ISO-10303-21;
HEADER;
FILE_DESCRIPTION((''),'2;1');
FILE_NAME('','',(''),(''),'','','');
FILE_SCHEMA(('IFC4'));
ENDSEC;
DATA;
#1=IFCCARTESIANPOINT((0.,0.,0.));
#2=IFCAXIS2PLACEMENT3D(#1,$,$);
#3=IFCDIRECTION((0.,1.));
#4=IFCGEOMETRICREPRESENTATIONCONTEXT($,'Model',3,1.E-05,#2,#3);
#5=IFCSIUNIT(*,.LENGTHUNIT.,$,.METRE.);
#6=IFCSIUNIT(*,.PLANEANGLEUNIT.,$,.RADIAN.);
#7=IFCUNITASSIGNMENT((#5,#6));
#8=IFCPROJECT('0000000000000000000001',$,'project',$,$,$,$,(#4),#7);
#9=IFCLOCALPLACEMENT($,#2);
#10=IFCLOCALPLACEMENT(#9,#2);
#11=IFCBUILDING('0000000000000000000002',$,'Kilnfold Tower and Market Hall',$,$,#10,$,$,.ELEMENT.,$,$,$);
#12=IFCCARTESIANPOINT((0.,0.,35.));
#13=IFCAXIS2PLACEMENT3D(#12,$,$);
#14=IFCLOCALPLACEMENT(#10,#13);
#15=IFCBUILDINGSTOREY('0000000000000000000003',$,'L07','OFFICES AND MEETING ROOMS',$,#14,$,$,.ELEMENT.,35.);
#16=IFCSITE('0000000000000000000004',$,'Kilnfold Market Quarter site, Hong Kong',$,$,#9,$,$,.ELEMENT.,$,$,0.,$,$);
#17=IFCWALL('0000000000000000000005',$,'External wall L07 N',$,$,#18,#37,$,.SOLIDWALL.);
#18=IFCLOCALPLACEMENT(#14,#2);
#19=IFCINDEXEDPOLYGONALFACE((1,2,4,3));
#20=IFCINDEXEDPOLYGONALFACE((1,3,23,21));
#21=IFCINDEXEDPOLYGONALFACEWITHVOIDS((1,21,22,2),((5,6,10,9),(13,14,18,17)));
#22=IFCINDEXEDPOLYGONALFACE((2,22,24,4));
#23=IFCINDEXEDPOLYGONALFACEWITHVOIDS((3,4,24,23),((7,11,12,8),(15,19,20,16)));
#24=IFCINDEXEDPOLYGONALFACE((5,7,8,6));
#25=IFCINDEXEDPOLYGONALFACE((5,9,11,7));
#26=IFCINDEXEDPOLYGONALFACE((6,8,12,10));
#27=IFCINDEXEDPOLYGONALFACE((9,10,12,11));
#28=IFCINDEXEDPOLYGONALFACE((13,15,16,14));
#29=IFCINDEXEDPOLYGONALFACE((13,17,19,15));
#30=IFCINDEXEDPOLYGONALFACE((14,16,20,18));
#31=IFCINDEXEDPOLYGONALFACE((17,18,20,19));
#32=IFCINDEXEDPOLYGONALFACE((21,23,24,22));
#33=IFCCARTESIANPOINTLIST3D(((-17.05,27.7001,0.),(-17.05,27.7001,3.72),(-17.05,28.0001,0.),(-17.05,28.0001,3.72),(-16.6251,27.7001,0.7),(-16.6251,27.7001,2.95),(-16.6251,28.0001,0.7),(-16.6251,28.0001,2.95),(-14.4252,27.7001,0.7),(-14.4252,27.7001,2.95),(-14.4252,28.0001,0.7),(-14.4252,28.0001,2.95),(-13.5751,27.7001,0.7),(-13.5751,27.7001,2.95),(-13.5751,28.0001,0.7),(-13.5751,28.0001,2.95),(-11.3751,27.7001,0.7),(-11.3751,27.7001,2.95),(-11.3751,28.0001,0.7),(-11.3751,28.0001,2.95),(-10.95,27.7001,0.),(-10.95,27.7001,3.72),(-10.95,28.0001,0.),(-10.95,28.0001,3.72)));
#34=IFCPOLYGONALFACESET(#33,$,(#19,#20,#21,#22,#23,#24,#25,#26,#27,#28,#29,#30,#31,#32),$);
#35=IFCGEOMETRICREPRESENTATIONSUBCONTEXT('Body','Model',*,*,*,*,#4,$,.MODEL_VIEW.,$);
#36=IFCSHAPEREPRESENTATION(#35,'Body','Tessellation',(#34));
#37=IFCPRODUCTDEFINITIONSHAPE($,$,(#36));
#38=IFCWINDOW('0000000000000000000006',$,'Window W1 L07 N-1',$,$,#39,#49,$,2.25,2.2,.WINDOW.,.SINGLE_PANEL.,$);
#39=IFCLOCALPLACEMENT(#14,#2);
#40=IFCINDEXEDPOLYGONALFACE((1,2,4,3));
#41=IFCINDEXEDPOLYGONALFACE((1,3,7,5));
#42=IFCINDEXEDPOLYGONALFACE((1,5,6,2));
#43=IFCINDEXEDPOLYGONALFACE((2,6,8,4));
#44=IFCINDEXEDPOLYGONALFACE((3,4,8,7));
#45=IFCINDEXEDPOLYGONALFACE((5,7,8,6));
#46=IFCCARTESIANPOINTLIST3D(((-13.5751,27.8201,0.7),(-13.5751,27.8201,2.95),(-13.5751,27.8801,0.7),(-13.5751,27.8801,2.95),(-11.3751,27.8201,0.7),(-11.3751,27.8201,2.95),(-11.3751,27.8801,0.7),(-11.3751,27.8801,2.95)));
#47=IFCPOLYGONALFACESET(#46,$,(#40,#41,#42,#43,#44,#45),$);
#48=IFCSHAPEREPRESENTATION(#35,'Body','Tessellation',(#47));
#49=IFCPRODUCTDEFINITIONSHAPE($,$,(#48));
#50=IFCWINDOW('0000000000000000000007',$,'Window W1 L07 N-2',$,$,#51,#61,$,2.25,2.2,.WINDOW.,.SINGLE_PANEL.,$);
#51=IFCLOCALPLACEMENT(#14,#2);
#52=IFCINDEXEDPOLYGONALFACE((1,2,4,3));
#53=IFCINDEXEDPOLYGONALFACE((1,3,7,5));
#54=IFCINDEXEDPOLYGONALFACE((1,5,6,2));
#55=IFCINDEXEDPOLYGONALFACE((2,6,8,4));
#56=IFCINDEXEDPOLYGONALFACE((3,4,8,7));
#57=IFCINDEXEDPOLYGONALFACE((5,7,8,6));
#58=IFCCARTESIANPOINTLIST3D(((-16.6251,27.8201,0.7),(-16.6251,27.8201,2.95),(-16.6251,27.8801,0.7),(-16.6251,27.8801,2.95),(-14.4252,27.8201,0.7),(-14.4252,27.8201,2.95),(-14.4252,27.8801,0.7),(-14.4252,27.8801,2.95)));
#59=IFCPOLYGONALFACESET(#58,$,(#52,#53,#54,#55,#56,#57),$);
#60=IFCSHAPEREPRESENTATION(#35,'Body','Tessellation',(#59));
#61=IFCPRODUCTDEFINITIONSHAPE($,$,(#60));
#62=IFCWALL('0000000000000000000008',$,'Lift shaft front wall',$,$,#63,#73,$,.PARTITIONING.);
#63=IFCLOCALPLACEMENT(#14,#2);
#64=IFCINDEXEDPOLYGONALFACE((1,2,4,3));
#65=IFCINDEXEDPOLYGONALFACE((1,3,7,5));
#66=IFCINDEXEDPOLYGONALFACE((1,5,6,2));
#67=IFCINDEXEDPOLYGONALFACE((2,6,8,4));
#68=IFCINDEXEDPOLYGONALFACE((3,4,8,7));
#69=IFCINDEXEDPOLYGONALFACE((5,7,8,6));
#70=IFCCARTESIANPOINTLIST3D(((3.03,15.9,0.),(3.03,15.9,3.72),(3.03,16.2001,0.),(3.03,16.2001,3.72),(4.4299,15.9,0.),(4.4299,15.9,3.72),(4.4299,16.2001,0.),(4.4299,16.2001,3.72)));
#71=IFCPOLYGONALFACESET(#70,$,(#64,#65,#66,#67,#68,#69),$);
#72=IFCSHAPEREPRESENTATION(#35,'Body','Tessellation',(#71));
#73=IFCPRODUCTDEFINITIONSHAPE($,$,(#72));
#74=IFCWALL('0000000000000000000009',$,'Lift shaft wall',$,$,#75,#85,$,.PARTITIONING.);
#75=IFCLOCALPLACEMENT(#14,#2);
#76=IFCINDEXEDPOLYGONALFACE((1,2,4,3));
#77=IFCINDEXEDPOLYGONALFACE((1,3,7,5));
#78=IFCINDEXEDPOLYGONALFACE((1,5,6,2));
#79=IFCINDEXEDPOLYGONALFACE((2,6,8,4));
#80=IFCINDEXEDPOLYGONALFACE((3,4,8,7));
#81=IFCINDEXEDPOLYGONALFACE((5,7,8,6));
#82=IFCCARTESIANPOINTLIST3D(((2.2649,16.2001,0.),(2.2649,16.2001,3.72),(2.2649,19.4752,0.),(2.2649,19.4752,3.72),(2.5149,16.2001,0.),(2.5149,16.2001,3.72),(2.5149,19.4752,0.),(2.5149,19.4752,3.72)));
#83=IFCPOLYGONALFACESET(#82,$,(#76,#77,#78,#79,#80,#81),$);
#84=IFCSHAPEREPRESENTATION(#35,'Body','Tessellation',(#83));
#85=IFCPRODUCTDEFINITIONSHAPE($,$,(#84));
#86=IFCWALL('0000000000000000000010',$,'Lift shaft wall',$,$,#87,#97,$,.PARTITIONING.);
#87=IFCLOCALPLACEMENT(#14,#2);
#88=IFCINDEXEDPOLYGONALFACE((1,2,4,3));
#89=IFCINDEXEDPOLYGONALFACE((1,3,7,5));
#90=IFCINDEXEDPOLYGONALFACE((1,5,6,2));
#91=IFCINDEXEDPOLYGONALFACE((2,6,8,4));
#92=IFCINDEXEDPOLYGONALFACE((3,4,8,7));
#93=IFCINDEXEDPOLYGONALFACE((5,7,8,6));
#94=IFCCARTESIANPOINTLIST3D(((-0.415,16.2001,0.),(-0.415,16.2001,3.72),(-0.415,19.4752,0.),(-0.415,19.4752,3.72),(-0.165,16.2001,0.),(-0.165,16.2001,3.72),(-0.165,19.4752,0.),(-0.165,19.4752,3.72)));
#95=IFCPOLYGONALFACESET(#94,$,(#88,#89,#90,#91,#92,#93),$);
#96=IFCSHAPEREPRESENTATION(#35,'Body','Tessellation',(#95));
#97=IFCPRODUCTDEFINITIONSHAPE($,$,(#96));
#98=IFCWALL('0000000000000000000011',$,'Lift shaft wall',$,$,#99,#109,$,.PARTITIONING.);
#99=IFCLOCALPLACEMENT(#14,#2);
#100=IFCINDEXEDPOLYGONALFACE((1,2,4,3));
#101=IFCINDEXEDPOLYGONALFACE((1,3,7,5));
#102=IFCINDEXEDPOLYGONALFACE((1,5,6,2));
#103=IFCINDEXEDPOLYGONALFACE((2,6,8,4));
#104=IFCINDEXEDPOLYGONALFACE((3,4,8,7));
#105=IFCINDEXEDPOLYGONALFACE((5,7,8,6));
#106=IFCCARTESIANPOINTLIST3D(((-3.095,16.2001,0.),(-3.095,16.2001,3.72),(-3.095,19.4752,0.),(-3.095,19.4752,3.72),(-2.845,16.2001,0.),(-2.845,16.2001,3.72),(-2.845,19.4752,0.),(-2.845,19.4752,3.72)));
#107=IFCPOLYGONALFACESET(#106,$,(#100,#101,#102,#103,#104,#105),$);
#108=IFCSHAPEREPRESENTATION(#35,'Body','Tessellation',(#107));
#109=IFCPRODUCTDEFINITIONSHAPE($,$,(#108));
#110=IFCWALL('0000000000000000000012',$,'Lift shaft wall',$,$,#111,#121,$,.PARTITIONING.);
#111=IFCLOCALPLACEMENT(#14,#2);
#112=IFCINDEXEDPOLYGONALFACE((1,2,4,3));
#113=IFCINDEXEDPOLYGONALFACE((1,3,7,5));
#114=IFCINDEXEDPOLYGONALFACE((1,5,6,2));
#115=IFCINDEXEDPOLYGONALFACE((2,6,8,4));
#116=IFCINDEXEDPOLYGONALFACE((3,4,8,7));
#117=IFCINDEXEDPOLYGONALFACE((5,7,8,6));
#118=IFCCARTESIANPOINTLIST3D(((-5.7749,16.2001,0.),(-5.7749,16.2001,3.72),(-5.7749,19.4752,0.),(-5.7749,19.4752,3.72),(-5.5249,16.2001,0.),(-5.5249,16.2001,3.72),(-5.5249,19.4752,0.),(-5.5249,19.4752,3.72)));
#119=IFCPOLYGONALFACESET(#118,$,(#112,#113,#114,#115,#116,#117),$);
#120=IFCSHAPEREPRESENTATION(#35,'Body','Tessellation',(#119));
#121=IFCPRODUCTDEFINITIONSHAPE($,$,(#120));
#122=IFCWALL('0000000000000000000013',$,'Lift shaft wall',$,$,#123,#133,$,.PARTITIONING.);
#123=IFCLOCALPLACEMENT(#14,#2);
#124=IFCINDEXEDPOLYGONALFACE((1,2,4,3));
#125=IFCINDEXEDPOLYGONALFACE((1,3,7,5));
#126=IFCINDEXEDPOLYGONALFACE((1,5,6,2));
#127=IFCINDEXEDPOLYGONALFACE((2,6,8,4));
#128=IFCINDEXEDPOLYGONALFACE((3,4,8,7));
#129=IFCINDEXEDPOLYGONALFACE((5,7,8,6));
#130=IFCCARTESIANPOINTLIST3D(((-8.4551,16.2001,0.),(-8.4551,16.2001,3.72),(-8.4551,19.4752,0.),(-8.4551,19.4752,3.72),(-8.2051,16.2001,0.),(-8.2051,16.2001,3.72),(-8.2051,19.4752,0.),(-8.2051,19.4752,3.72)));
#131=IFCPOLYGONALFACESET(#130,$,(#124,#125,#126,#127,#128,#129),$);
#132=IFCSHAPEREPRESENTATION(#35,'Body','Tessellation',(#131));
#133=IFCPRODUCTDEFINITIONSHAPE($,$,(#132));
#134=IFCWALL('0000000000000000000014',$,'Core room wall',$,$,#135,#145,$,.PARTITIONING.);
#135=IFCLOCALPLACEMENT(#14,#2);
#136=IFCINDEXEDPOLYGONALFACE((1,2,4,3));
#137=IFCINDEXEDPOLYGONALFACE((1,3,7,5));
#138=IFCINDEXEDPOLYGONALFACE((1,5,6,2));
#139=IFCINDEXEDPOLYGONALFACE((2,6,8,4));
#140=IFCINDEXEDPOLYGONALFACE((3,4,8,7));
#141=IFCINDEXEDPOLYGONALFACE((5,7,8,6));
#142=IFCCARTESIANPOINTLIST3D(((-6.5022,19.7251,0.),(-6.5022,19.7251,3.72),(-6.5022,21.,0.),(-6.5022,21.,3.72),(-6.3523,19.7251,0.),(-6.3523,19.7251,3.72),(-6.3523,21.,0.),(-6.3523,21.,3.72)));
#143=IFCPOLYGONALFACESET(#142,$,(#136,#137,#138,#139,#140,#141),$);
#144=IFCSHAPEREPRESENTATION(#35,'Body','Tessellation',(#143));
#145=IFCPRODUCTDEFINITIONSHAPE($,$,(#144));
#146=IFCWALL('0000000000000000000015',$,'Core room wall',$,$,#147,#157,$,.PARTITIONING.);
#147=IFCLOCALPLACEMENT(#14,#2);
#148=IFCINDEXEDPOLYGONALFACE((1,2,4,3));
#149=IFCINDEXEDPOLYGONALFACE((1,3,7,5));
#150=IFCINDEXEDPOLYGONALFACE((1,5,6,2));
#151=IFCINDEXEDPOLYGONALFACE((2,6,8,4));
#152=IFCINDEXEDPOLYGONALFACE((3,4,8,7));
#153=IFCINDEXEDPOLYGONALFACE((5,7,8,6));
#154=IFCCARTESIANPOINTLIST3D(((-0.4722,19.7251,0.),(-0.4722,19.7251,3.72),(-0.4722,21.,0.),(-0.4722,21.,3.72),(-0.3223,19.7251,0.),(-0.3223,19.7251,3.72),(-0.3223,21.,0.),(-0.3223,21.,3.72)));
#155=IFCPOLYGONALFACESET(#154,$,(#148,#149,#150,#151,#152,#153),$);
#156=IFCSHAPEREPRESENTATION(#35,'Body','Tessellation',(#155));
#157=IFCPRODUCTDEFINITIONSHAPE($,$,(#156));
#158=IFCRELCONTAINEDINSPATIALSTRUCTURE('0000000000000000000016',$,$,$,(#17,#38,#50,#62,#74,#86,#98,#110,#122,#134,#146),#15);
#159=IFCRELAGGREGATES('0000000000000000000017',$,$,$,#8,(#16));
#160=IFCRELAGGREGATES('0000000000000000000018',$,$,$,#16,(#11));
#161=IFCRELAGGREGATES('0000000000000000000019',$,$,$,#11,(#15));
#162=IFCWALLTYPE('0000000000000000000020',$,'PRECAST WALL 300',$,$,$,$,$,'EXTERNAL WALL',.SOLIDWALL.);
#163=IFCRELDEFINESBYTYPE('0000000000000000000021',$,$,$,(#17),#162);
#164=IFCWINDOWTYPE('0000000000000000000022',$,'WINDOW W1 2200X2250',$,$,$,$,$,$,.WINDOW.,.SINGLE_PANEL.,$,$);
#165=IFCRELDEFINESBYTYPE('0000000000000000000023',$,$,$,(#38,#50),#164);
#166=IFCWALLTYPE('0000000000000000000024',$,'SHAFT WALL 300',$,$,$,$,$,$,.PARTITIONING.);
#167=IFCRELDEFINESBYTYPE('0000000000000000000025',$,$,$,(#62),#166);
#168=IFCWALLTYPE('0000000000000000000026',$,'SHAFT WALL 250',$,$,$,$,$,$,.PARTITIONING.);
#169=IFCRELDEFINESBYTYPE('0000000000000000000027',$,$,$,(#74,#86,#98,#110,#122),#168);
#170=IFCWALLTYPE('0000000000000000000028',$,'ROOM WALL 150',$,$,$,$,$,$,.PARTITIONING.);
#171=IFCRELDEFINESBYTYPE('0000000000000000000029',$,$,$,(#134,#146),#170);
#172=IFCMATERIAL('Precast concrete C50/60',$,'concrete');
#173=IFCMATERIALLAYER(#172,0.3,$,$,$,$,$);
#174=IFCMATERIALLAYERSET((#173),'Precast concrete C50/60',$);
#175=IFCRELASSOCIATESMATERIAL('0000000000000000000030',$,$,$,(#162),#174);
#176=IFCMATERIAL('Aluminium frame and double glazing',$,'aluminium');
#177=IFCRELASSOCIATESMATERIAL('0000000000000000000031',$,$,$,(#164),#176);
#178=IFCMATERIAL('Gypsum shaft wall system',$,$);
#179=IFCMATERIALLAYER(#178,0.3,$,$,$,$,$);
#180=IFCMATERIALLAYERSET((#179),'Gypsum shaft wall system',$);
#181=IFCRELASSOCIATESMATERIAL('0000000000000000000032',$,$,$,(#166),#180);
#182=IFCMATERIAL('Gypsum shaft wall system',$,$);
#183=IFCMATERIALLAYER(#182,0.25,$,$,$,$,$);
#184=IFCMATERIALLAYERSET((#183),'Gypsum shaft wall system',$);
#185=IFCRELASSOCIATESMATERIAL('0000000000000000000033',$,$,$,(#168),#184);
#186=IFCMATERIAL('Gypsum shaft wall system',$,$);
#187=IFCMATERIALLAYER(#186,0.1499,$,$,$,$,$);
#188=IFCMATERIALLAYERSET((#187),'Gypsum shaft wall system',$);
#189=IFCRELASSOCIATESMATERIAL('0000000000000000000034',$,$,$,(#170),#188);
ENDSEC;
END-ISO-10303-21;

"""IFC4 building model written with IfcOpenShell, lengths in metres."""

from ifc_helpers import new_model, si_unit, direction, frame, frame_2d, origin, place, context, subcontext, project, spatial, rectangle, extrude, source, transform, mapped, material, layer, layer_set, type_object, element, fill, save


model = new_model("IFC4")

# Units and contexts
model_context = context("Model", 3, precision=1e-05, world=origin(), true_north=direction((0.0, 1.0)))
body_context = subcontext(model_context, "Body", "Model", "MODEL_VIEW")
ifc_project = project(units=[si_unit("LENGTHUNIT", "METRE"), si_unit("PLANEANGLEUNIT", "RADIAN")], contexts=[model_context])

# Site, building, storey
site_placement = place(None, origin())
site = spatial("IfcSite", under=ifc_project, at=site_placement, Name="Kilnfold Market Quarter site, Hong Kong", CompositionType="ELEMENT", RefElevation=0.0)
building_placement = place(site_placement, origin())
building = spatial("IfcBuilding", under=site, at=building_placement, Name="Kilnfold Tower and Market Hall", CompositionType="ELEMENT")
storey_placement = place(building_placement, frame((0.0, 0.0, 35.0)))
storey = spatial("IfcBuildingStorey", under=building, at=storey_placement, Name="L07", Description="OFFICES AND MEETING ROOMS", CompositionType="ELEMENT", Elevation=35.0)

# Wall, openings, windows
ifc_material_1 = material(Name="Precast concrete C50/60", Category="concrete")
ifc_layer_1 = layer(ifc_material_1, 0.3)
ifc_layer_set_1 = layer_set([ifc_layer_1], Name="Precast concrete C50/60")
wall_type_1 = type_object("IfcWallType", Name="PRECAST WALL 300", ElementType="EXTERNAL WALL", PredefinedType="SOLIDWALL", material=ifc_layer_set_1)
shared_shape_1 = source(origin(), body_context, "Body", "SweptSolid", [
    extrude(rectangle(XDim=6.1001, YDim=0.3, at=frame_2d((3.05, 0.0))), origin(), (0.0, 0.0, 1.0), 3.72),
])
ifc_material_2 = material(Name="Aluminium frame and double glazing", Category="aluminium")
window_type = type_object("IfcWindowType", Name="WINDOW W1 2200X2250", PartitioningType="SINGLE_PANEL", PredefinedType="WINDOW", material=ifc_material_2)
wall_1_placement = place(storey_placement, frame((-10.95, 27.8501, 0.0), z_axis=(0.0, 0.0, 1.0), x_axis=(-1.0, 0.0, 0.0)))
wall_1 = element("IfcWall", 1, at=wall_1_placement, inside=storey, type_object=wall_type_1, Name="External wall L07 N", PredefinedType="SOLIDWALL", context=body_context, shape_type="MappedRepresentation", body=[
    mapped(shared_shape_1, transform((0.0, 0.0, 0.0))),
])
opening_1_placement = place(wall_1_placement, frame((0.425, 0.0, 0.7)))
opening_1 = element("IfcOpeningElement", 2, at=opening_1_placement, cuts=wall_1, PredefinedType="OPENING", context=body_context, shape_type="SweptSolid", body=[
    extrude(rectangle(XDim=2.2, YDim=2.25, at=frame_2d((1.1001, 1.125))), frame((0.0, 0.1602, 0.0), z_axis=(0.0, -1.0, 0.0), x_axis=(1.0, 0.0, 0.0)), (0.0, 0.0, 1.0), 0.3201),
])
opening_2_placement = place(wall_1_placement, frame((3.4751, 0.0, 0.7)))
opening_2 = element("IfcOpeningElement", 3, at=opening_2_placement, cuts=wall_1, PredefinedType="OPENING", context=body_context, shape_type="SweptSolid", body=[
    extrude(rectangle(XDim=2.2, YDim=2.25, at=frame_2d((1.1001, 1.125))), frame((0.0, 0.1602, 0.0), z_axis=(0.0, -1.0, 0.0), x_axis=(1.0, 0.0, 0.0)), (0.0, 0.0, 1.0), 0.3201),
])
window_1_placement = place(opening_1_placement, origin())
window_1 = element("IfcWindow", 4, at=window_1_placement, inside=storey, type_object=window_type, Name="Window W1 L07 N-1", OverallHeight=2.25, OverallWidth=2.2, PartitioningType="SINGLE_PANEL", PredefinedType="WINDOW", context=body_context, shape_type="SweptSolid", body=[
    extrude(rectangle(XDim=2.2, YDim=2.25, at=frame_2d((1.1001, 1.125))), frame((0.0, 0.03, 0.0), z_axis=(0.0, -1.0, 0.0), x_axis=(1.0, 0.0, 0.0)), (0.0, 0.0, 1.0), 0.0601),
])
fill(opening_1, window_1)
window_2_placement = place(opening_2_placement, origin())
window_2 = element("IfcWindow", 5, at=window_2_placement, inside=storey, type_object=window_type, Name="Window W1 L07 N-2", OverallHeight=2.25, OverallWidth=2.2, PartitioningType="SINGLE_PANEL", PredefinedType="WINDOW", context=body_context, shape_type="SweptSolid", body=[
    extrude(rectangle(XDim=2.2, YDim=2.25, at=frame_2d((1.1001, 1.125))), frame((0.0, 0.03, 0.0), z_axis=(0.0, -1.0, 0.0), x_axis=(1.0, 0.0, 0.0)), (0.0, 0.0, 1.0), 0.0601),
])
fill(opening_2, window_2)

# Walls
ifc_material_3 = material(Name="Gypsum shaft wall system")
ifc_layer_2 = layer(ifc_material_3, 0.3)
ifc_layer_set_2 = layer_set([ifc_layer_2], Name="Gypsum shaft wall system")
wall_type_2 = type_object("IfcWallType", Name="SHAFT WALL 300", PredefinedType="PARTITIONING", material=ifc_layer_set_2)
shared_shape_2 = source(origin(), body_context, "Body", "SweptSolid", [
    extrude(rectangle(XDim=1.3999, YDim=0.3, at=frame_2d((0.7, 0.0))), origin(), (0.0, 0.0, 1.0), 3.72),
])
wall_2_placement = place(storey_placement, frame((3.03, 16.05, 0.0), z_axis=(0.0, 0.0, 1.0), x_axis=(1.0, 0.0, 0.0)))
element("IfcWall", 6, at=wall_2_placement, inside=storey, type_object=wall_type_2, Name="Lift shaft front wall", PredefinedType="PARTITIONING", context=body_context, shape_type="MappedRepresentation", body=[
    mapped(shared_shape_2, transform((0.0, 0.0, 0.0))),
])
ifc_material_4 = material(Name="Gypsum shaft wall system")
ifc_layer_3 = layer(ifc_material_4, 0.25)
ifc_layer_set_3 = layer_set([ifc_layer_3], Name="Gypsum shaft wall system")
wall_type_3 = type_object("IfcWallType", Name="SHAFT WALL 250", PredefinedType="PARTITIONING", material=ifc_layer_set_3)
shared_shape_3 = source(origin(), body_context, "Body", "SweptSolid", [
    extrude(rectangle(XDim=3.2751, YDim=0.25, at=frame_2d((1.6377, 0.0))), origin(), (0.0, 0.0, 1.0), 3.72),
])
for number, where, z_axis, x_axis, name in (
    (7, (2.3899, 16.2, 0.0), (0.0, 0.0, 1.0), (0.0, 1.0, 0.0), "Lift shaft wall"),
    (8, (-0.29, 16.2, 0.0), (0.0, 0.0, 1.0), (0.0, 1.0, 0.0), "Lift shaft wall"),
    (9, (-2.97, 16.2, 0.0), (0.0, 0.0, 1.0), (0.0, 1.0, 0.0), "Lift shaft wall"),
    (10, (-5.6499, 16.2, 0.0), (0.0, 0.0, 1.0), (0.0, 1.0, 0.0), "Lift shaft wall"),
    (11, (-8.3301, 16.2, 0.0), (0.0, 0.0, 1.0), (0.0, 1.0, 0.0), "Lift shaft wall"),
):
    element("IfcWall", number, at=place(storey_placement, frame(where, z_axis=z_axis, x_axis=x_axis)), inside=storey, type_object=wall_type_3, Name=name, PredefinedType="PARTITIONING", context=body_context, shape_type="MappedRepresentation", body=[
        mapped(shared_shape_3, transform((0.0, 0.0, 0.0))),
    ])
ifc_material_5 = material(Name="Gypsum shaft wall system")
ifc_layer_4 = layer(ifc_material_5, 0.1499)
ifc_layer_set_4 = layer_set([ifc_layer_4], Name="Gypsum shaft wall system")
wall_type_4 = type_object("IfcWallType", Name="ROOM WALL 150", PredefinedType="PARTITIONING", material=ifc_layer_set_4)
shared_shape_4 = source(origin(), body_context, "Body", "SweptSolid", [
    extrude(rectangle(XDim=1.2749, YDim=0.1499, at=frame_2d((0.6375, 0.0))), origin(), (0.0, 0.0, 1.0), 3.72),
])
for number, where, z_axis, x_axis, name in (
    (12, (-6.4272, 19.7251, 0.0), (0.0, 0.0, 1.0), (0.0, 1.0, 0.0), "Core room wall"),
    (13, (-0.3972, 19.7251, 0.0), (0.0, 0.0, 1.0), (0.0, 1.0, 0.0), "Core room wall"),
):
    element("IfcWall", number, at=place(storey_placement, frame(where, z_axis=z_axis, x_axis=x_axis)), inside=storey, type_object=wall_type_4, Name=name, PredefinedType="PARTITIONING", context=body_context, shape_type="MappedRepresentation", body=[
        mapped(shared_shape_4, transform((0.0, 0.0, 0.0))),
    ])

save(model, "model.ifc")
